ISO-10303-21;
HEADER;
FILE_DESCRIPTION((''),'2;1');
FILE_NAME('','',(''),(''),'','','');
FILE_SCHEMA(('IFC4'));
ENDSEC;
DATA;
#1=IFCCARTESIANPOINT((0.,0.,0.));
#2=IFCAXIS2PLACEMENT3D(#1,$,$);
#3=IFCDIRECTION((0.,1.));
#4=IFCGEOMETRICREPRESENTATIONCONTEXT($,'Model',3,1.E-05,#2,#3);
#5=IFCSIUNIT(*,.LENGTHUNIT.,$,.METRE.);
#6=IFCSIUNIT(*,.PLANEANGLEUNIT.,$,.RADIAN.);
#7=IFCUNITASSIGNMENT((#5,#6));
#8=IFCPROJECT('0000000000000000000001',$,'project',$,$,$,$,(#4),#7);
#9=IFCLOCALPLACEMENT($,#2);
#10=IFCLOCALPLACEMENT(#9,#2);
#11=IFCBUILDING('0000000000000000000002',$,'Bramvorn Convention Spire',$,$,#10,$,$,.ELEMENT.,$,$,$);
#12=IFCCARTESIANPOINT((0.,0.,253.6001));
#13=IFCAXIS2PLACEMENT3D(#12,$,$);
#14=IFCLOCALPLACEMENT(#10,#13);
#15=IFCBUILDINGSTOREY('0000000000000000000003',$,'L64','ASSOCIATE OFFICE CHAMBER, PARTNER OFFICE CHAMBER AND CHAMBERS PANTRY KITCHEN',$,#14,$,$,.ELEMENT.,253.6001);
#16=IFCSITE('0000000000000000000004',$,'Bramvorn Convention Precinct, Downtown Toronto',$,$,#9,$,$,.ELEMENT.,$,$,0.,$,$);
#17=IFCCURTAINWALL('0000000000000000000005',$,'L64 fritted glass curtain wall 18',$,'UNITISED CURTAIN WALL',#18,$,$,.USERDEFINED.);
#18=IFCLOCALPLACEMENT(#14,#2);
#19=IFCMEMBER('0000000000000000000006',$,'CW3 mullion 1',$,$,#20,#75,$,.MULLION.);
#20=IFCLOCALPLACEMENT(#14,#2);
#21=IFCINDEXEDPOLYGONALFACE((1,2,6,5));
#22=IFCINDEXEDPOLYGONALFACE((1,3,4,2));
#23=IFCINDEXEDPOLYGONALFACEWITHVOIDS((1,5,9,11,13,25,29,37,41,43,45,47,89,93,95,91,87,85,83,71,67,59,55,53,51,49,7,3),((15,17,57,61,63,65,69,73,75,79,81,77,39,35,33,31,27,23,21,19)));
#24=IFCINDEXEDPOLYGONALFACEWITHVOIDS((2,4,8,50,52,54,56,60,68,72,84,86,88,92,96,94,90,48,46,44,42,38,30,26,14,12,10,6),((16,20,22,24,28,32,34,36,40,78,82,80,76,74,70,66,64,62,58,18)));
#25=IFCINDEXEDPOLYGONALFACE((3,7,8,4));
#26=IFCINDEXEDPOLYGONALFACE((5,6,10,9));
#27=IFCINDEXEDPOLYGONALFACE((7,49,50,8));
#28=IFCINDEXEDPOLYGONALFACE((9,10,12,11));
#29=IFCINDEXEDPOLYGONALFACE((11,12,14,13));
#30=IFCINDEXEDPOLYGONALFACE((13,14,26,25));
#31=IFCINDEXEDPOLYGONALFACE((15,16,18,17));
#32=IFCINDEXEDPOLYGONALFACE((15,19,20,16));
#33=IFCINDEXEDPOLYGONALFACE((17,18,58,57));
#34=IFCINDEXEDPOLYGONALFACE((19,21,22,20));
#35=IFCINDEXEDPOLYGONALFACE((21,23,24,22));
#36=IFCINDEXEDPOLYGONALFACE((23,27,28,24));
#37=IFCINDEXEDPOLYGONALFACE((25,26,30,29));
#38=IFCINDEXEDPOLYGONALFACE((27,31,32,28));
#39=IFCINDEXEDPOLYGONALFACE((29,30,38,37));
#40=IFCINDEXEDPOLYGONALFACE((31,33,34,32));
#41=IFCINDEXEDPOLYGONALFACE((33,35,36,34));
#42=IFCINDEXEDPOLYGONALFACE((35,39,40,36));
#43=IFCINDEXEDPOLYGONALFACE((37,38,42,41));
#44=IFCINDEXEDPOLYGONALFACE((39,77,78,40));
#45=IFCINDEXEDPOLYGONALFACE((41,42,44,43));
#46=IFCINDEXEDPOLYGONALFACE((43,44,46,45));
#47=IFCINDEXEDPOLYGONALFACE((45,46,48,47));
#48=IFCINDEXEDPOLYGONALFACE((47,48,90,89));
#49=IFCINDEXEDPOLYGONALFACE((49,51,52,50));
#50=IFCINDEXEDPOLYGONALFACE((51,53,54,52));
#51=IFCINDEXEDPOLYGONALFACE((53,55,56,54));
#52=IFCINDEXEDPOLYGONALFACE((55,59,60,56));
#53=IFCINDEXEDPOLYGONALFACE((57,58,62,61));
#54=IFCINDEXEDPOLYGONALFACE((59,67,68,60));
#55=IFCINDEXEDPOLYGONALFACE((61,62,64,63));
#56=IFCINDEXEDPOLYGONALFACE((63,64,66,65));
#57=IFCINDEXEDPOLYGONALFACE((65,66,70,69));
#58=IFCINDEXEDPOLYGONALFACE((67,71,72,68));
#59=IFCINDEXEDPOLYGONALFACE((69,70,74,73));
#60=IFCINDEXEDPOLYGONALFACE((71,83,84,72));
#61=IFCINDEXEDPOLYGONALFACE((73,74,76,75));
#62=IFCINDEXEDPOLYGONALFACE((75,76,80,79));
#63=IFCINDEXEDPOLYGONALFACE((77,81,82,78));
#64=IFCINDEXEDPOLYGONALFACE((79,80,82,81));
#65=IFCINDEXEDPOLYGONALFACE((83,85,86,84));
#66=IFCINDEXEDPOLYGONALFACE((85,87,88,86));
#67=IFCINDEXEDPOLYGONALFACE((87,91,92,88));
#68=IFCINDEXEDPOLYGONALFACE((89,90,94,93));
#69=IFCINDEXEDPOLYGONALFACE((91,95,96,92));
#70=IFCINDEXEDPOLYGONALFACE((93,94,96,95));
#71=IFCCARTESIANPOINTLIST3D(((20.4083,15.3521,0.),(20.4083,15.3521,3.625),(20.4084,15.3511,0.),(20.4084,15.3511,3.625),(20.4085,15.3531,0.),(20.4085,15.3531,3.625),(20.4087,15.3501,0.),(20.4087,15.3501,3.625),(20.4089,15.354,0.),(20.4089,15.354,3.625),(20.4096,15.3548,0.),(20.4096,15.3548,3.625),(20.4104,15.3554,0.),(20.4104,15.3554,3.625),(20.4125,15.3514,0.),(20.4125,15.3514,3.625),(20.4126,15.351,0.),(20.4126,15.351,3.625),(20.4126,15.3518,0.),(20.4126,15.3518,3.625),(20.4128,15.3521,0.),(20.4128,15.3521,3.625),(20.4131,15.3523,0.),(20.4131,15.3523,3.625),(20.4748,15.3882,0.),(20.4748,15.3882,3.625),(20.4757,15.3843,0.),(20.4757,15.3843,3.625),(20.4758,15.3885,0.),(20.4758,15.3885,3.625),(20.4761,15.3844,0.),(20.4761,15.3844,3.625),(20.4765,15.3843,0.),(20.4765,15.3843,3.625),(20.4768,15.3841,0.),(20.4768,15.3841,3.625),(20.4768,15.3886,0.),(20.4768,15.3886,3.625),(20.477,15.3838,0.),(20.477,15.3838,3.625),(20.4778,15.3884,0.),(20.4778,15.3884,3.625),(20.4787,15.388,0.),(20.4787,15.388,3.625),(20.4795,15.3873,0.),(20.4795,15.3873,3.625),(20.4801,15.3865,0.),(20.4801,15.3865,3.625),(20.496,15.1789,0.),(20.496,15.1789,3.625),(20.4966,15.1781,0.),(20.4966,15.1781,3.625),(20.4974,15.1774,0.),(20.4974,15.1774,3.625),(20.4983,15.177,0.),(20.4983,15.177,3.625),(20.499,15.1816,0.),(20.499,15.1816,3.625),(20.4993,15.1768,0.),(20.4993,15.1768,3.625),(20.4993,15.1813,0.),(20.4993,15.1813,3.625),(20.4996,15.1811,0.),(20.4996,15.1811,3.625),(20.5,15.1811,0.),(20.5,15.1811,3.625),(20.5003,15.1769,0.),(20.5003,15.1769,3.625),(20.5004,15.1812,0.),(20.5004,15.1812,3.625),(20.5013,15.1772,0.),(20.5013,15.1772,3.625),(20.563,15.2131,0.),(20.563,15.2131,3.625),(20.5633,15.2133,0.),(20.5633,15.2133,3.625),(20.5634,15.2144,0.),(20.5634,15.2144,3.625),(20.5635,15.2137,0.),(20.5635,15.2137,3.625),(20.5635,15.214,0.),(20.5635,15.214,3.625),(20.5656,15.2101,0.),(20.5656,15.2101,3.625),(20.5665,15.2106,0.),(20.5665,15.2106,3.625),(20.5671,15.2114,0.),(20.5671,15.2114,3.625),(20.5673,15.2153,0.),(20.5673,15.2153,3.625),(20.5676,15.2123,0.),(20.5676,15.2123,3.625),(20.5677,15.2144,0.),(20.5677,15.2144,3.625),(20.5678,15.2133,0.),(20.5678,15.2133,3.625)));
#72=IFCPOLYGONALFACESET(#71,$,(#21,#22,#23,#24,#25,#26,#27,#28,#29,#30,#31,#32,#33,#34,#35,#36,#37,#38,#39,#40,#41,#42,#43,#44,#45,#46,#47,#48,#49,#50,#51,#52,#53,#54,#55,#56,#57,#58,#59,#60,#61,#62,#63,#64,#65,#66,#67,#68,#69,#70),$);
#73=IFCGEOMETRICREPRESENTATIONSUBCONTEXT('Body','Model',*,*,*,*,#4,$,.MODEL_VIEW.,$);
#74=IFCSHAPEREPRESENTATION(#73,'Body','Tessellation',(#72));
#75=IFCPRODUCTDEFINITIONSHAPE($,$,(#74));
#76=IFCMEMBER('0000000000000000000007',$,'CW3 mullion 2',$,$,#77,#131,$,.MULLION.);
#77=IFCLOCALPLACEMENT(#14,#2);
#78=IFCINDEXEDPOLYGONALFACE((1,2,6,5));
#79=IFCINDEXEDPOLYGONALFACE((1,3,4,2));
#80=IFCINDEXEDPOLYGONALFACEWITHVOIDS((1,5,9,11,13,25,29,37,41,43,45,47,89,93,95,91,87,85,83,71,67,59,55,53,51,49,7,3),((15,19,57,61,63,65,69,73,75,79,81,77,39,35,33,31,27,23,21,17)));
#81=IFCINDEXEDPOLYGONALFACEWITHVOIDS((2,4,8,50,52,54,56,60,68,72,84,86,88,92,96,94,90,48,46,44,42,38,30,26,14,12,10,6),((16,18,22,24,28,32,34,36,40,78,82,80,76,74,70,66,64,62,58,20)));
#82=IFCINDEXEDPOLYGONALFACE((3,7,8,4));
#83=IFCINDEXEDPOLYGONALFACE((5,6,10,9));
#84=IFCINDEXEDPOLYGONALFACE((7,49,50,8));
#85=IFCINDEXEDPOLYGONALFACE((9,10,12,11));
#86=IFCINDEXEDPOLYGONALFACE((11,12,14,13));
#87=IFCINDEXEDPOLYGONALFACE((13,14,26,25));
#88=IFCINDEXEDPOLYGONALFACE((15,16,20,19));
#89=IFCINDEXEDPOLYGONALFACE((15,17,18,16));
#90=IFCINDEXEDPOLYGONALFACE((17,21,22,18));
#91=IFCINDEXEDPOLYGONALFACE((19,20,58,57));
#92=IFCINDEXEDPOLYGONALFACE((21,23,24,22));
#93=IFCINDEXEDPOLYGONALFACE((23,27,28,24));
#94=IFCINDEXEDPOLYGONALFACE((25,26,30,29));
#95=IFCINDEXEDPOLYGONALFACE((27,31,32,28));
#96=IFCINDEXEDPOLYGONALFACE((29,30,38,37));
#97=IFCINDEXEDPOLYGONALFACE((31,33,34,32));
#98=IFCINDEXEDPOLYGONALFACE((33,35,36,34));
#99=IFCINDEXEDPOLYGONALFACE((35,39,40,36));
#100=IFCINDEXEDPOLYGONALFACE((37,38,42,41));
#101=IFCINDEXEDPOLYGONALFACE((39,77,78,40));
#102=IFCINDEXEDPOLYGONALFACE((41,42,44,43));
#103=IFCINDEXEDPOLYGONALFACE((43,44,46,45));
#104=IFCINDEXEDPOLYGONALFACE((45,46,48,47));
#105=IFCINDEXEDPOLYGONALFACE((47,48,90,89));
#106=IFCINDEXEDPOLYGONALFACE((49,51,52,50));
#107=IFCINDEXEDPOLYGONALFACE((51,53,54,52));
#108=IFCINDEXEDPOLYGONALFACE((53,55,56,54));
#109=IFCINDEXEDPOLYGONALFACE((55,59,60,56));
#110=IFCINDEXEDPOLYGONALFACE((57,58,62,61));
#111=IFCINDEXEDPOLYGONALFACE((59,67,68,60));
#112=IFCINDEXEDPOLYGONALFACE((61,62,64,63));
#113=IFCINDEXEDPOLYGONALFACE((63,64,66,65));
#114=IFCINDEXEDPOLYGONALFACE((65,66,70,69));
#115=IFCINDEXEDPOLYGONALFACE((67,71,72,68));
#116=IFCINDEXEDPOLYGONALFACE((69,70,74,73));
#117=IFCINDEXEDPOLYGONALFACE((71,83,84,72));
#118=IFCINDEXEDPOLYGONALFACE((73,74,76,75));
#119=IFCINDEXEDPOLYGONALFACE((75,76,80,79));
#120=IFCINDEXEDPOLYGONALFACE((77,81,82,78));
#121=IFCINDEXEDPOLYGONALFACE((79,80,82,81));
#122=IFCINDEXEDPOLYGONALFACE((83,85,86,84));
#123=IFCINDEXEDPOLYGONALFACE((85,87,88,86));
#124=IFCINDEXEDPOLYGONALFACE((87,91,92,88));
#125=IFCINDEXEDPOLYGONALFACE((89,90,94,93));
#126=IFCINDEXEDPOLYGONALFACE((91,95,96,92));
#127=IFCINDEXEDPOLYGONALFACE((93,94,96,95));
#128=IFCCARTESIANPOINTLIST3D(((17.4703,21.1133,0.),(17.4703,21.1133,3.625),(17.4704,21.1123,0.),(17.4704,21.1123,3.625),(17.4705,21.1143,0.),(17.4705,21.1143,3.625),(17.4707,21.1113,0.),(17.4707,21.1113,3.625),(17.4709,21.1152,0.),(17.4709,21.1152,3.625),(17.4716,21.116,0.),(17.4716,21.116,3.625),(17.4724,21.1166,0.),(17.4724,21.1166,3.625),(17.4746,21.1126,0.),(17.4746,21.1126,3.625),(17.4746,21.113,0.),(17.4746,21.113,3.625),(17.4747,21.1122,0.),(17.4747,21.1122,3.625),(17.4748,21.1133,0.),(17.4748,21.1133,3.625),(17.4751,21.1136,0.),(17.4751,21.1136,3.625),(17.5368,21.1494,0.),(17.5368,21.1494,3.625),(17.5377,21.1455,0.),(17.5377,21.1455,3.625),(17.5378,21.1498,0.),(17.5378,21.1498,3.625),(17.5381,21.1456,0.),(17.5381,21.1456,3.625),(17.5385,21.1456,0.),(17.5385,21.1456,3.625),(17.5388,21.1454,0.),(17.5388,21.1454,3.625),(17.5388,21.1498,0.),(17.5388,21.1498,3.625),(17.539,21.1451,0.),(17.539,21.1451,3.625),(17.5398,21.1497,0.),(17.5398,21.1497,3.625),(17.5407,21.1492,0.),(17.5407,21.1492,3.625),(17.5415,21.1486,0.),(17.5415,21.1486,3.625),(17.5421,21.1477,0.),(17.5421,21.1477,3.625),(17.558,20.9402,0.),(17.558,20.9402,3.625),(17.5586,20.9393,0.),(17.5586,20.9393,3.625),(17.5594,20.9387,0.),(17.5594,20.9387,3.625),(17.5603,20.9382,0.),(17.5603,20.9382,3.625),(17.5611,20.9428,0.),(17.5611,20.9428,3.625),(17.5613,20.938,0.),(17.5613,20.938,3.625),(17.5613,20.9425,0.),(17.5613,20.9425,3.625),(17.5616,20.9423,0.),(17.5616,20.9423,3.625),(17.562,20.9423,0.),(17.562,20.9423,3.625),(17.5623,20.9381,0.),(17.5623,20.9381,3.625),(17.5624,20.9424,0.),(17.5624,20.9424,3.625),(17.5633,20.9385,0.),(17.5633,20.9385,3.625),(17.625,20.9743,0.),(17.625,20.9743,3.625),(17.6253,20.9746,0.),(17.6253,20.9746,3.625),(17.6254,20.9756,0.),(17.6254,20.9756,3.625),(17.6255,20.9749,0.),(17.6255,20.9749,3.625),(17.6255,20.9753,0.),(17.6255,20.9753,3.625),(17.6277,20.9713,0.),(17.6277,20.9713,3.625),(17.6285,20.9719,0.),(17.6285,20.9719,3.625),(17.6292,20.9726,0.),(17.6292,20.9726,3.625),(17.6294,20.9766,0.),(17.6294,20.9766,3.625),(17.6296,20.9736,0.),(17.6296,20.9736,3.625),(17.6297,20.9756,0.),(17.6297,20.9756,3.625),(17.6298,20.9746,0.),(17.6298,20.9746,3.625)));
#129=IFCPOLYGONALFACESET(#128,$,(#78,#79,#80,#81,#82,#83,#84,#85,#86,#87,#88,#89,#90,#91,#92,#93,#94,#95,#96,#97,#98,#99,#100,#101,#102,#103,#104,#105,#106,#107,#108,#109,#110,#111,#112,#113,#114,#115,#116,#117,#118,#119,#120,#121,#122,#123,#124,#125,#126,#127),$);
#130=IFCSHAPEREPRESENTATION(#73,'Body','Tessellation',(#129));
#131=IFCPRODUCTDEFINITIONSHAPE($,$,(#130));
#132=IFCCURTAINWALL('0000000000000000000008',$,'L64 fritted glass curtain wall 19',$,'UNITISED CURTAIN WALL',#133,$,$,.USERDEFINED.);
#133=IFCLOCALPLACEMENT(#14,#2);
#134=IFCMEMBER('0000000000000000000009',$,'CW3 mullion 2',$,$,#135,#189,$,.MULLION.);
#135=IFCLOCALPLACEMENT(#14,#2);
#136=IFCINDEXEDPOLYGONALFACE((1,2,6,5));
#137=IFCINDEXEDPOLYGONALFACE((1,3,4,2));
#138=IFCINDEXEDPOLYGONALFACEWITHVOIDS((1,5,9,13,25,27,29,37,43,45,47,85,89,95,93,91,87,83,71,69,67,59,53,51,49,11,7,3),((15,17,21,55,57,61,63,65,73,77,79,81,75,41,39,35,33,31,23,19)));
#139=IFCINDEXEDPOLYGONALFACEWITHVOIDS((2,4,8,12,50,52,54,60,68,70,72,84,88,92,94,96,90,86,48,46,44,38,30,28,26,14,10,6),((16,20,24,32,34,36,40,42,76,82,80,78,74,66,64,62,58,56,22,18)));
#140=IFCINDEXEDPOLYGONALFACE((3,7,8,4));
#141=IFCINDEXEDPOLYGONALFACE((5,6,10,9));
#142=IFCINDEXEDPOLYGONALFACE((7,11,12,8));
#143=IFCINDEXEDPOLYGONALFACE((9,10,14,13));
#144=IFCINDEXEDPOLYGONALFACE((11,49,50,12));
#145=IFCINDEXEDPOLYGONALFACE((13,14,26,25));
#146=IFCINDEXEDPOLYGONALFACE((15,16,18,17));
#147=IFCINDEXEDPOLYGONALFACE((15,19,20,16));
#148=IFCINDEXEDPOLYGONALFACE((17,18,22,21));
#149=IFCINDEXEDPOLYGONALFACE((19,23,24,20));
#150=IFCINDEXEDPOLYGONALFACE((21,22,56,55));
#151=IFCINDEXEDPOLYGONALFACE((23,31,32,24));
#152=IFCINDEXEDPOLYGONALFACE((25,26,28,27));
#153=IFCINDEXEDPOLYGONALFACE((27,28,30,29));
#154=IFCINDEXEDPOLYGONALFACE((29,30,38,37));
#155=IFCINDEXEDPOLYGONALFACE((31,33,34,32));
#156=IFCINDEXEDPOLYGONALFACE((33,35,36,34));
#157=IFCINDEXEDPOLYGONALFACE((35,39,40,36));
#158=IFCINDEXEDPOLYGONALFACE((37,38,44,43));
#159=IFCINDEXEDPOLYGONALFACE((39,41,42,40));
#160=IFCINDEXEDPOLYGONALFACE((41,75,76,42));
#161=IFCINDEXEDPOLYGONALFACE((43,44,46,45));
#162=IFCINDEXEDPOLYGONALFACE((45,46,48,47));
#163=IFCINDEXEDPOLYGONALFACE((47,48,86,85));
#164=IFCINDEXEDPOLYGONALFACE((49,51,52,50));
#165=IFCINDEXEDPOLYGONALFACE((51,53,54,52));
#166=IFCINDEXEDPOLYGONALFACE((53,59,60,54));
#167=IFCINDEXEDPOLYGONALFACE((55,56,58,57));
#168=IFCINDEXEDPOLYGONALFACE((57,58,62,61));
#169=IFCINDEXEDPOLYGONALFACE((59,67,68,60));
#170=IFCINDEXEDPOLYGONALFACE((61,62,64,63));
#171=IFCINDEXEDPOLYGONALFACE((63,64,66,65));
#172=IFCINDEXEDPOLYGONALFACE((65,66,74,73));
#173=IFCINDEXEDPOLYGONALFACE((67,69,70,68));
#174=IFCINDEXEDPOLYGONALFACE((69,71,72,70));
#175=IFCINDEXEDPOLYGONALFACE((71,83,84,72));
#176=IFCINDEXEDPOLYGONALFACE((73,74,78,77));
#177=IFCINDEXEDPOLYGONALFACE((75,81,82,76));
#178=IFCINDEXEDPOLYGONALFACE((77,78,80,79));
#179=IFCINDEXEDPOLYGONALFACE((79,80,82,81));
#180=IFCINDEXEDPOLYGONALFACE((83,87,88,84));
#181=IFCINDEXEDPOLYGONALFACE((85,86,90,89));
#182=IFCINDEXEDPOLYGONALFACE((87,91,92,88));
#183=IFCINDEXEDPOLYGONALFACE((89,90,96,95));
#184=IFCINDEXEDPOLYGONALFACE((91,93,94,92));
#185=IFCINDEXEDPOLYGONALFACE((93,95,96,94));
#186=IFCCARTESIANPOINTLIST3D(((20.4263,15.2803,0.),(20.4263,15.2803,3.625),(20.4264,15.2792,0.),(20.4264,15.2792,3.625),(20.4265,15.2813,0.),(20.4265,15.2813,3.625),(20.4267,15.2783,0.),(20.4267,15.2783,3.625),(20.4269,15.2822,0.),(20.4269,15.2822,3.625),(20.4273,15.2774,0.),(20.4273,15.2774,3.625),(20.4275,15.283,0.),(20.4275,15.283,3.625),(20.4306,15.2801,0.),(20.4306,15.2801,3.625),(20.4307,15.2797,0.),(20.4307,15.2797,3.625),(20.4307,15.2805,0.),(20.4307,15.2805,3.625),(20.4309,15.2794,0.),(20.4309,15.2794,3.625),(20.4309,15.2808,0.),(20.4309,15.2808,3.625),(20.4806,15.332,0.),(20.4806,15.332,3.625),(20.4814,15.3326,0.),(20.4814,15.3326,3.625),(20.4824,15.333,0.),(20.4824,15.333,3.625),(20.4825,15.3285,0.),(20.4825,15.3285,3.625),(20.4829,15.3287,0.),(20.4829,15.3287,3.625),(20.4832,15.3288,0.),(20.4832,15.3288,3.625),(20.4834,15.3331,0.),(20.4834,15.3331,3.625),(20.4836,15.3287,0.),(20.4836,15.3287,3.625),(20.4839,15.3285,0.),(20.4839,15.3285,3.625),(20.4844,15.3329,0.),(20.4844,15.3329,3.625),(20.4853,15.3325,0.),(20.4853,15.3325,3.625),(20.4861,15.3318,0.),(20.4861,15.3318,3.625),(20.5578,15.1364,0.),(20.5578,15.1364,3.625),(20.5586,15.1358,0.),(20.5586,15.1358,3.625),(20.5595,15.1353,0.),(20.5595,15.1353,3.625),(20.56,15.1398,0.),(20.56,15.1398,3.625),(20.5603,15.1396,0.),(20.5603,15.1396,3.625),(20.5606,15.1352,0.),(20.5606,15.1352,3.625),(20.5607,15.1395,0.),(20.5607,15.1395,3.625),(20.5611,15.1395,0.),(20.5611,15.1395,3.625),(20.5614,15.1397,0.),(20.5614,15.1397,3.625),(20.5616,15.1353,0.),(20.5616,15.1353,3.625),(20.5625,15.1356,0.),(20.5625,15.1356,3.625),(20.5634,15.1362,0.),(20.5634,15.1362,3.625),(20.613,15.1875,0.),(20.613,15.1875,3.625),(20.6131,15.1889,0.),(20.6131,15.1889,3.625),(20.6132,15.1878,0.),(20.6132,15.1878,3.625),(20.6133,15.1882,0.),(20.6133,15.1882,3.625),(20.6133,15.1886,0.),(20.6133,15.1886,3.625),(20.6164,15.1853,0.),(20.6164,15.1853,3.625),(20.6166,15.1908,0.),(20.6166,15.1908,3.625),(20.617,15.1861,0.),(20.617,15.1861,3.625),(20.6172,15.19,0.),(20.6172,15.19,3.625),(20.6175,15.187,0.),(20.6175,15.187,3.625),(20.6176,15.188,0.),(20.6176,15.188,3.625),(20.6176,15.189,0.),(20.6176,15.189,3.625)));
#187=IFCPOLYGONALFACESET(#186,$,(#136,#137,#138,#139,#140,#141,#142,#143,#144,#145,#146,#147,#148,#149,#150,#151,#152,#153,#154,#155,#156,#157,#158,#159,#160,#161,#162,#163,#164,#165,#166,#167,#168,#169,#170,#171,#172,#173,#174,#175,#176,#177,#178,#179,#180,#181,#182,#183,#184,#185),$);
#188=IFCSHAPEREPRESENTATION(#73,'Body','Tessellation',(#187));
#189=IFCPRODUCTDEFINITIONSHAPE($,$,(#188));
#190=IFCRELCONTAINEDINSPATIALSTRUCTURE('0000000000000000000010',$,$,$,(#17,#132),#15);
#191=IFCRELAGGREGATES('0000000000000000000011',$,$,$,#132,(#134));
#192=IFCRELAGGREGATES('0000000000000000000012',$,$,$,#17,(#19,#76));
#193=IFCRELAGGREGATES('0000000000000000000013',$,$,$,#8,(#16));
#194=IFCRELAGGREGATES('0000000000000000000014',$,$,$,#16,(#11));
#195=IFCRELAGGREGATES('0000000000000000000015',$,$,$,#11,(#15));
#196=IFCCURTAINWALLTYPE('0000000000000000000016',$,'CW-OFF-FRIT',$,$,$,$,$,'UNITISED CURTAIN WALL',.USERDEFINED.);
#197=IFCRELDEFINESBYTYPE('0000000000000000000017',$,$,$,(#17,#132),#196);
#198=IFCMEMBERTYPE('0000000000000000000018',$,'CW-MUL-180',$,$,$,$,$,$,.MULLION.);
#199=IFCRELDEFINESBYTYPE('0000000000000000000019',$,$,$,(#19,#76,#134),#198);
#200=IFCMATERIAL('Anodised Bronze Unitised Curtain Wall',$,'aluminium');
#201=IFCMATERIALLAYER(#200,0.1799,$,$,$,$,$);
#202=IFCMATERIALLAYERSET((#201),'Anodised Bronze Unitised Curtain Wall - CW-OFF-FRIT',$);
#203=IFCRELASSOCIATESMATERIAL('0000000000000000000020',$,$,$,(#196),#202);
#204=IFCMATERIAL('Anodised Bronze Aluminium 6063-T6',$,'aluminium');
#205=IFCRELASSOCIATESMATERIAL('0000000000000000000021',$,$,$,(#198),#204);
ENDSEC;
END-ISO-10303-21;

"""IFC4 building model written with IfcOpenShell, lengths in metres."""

from ifc_helpers import new_model, si_unit, direction, frame, origin, origin_2d, place, context, subcontext, project, spatial, hollow_rectangle, extrude, material, layer, layer_set, material_profile, profile_set, type_object, element, aggregate, save


model = new_model("IFC4")

# Units and contexts
model_context = context("Model", 3, precision=1e-05, world=origin(), true_north=direction((0.0, 1.0)))
body_context = subcontext(model_context, "Body", "Model", "MODEL_VIEW")
ifc_project = project(units=[si_unit("LENGTHUNIT", "METRE"), si_unit("PLANEANGLEUNIT", "RADIAN")], contexts=[model_context])

# Site, building, storey
site_placement = place(None, origin())
site = spatial("IfcSite", under=ifc_project, at=site_placement, Name="Bramvorn Convention Precinct, Downtown Toronto", CompositionType="ELEMENT", RefElevation=0.0)
building_placement = place(site_placement, origin())
building = spatial("IfcBuilding", under=site, at=building_placement, Name="Bramvorn Convention Spire", CompositionType="ELEMENT")
storey_placement = place(building_placement, frame((0.0, 0.0, 253.6001)))
storey = spatial("IfcBuildingStorey", under=building, at=storey_placement, Name="L64", Description="ASSOCIATE OFFICE CHAMBER, PARTNER OFFICE CHAMBER AND CHAMBERS PANTRY KITCHEN", CompositionType="ELEMENT", Elevation=253.6001)

# Curtain wall, members
ifc_material_1 = material(Name="Anodised Bronze Unitised Curtain Wall", Category="aluminium")
ifc_layer_1 = layer(ifc_material_1, 0.1799)
ifc_layer_set_1 = layer_set([ifc_layer_1], Name="Anodised Bronze Unitised Curtain Wall - CW-OFF-FRIT")
curtain_wall_type = type_object("IfcCurtainWallType", Name="CW-OFF-FRIT", ElementType="UNITISED CURTAIN WALL", PredefinedType="USERDEFINED", material=ifc_layer_set_1)
curtain_wall_1_placement = place(storey_placement, origin())
curtain_wall_1 = element("IfcCurtainWall", 1, at=curtain_wall_1_placement, inside=storey, type_object=curtain_wall_type, Name="L64 fritted glass curtain wall 18", ObjectType="UNITISED CURTAIN WALL", PredefinedType="USERDEFINED")
ifc_material_2 = material(Name="Anodised Bronze Aluminium 6063-T6", Category="aluminium")
ifc_material_profile_1 = material_profile(ifc_material_2, hollow_rectangle(XDim=0.0801, YDim=0.2, WallThickness=0.0039, InnerFilletRadius=0.001, OuterFilletRadius=0.0039, at=origin_2d()))
ifc_profile_set_1 = profile_set([ifc_material_profile_1], Name="Anodised Bronze Aluminium 6063-T6 - CWM80X200")
member_type_1 = type_object("IfcMemberType", Name="CW-MUL-180", PredefinedType="MULLION", material=ifc_profile_set_1)
member_1_placement = place(storey_placement, frame((20.488, 15.2827, 0.0), z_axis=(0.0, 0.0, 1.0), x_axis=(-0.890857, -0.454284, 0.0)))
member_1 = element("IfcMember", 2, at=member_1_placement, type_object=member_type_1, Name="CW3 mullion 1", PredefinedType="MULLION", context=body_context, shape_type="SweptSolid", body=[
    extrude(hollow_rectangle(XDim=0.0801, YDim=0.2, WallThickness=0.0039, InnerFilletRadius=0.001, OuterFilletRadius=0.0039, at=origin_2d()), origin(), (0.0, 0.0, 1.0), 3.625),
])
member_2_placement = place(storey_placement, frame((17.55, 21.0439, 0.0), z_axis=(0.0, 0.0, 1.0), x_axis=(-0.890857, -0.454284, 0.0)))
member_2 = element("IfcMember", 3, at=member_2_placement, type_object=member_type_1, Name="CW3 mullion 2", PredefinedType="MULLION", context=body_context, shape_type="SweptSolid", body=[
    extrude(hollow_rectangle(XDim=0.0801, YDim=0.2, WallThickness=0.0039, InnerFilletRadius=0.001, OuterFilletRadius=0.0039, at=origin_2d()), origin(), (0.0, 0.0, 1.0), 3.625),
])

# Curtain wall, member
curtain_wall_2_placement = place(storey_placement, origin())
curtain_wall_2 = element("IfcCurtainWall", 4, at=curtain_wall_2_placement, inside=storey, type_object=curtain_wall_type, Name="L64 fritted glass curtain wall 19", ObjectType="UNITISED CURTAIN WALL", PredefinedType="USERDEFINED")
member_3_placement = place(storey_placement, frame((20.522, 15.2341, 0.0), z_axis=(0.0, 0.0, 1.0), x_axis=(-0.733955, -0.679198, 0.0)))
member_3 = element("IfcMember", 5, at=member_3_placement, type_object=member_type_1, Name="CW3 mullion 2", PredefinedType="MULLION", context=body_context, shape_type="SweptSolid", body=[
    extrude(hollow_rectangle(XDim=0.0801, YDim=0.2, WallThickness=0.0039, InnerFilletRadius=0.001, OuterFilletRadius=0.0039, at=origin_2d()), origin(), (0.0, 0.0, 1.0), 3.625),
])
aggregate(curtain_wall_2, [member_3])

aggregate(curtain_wall_1, [member_1, member_2])

save(model, "model.ifc")
